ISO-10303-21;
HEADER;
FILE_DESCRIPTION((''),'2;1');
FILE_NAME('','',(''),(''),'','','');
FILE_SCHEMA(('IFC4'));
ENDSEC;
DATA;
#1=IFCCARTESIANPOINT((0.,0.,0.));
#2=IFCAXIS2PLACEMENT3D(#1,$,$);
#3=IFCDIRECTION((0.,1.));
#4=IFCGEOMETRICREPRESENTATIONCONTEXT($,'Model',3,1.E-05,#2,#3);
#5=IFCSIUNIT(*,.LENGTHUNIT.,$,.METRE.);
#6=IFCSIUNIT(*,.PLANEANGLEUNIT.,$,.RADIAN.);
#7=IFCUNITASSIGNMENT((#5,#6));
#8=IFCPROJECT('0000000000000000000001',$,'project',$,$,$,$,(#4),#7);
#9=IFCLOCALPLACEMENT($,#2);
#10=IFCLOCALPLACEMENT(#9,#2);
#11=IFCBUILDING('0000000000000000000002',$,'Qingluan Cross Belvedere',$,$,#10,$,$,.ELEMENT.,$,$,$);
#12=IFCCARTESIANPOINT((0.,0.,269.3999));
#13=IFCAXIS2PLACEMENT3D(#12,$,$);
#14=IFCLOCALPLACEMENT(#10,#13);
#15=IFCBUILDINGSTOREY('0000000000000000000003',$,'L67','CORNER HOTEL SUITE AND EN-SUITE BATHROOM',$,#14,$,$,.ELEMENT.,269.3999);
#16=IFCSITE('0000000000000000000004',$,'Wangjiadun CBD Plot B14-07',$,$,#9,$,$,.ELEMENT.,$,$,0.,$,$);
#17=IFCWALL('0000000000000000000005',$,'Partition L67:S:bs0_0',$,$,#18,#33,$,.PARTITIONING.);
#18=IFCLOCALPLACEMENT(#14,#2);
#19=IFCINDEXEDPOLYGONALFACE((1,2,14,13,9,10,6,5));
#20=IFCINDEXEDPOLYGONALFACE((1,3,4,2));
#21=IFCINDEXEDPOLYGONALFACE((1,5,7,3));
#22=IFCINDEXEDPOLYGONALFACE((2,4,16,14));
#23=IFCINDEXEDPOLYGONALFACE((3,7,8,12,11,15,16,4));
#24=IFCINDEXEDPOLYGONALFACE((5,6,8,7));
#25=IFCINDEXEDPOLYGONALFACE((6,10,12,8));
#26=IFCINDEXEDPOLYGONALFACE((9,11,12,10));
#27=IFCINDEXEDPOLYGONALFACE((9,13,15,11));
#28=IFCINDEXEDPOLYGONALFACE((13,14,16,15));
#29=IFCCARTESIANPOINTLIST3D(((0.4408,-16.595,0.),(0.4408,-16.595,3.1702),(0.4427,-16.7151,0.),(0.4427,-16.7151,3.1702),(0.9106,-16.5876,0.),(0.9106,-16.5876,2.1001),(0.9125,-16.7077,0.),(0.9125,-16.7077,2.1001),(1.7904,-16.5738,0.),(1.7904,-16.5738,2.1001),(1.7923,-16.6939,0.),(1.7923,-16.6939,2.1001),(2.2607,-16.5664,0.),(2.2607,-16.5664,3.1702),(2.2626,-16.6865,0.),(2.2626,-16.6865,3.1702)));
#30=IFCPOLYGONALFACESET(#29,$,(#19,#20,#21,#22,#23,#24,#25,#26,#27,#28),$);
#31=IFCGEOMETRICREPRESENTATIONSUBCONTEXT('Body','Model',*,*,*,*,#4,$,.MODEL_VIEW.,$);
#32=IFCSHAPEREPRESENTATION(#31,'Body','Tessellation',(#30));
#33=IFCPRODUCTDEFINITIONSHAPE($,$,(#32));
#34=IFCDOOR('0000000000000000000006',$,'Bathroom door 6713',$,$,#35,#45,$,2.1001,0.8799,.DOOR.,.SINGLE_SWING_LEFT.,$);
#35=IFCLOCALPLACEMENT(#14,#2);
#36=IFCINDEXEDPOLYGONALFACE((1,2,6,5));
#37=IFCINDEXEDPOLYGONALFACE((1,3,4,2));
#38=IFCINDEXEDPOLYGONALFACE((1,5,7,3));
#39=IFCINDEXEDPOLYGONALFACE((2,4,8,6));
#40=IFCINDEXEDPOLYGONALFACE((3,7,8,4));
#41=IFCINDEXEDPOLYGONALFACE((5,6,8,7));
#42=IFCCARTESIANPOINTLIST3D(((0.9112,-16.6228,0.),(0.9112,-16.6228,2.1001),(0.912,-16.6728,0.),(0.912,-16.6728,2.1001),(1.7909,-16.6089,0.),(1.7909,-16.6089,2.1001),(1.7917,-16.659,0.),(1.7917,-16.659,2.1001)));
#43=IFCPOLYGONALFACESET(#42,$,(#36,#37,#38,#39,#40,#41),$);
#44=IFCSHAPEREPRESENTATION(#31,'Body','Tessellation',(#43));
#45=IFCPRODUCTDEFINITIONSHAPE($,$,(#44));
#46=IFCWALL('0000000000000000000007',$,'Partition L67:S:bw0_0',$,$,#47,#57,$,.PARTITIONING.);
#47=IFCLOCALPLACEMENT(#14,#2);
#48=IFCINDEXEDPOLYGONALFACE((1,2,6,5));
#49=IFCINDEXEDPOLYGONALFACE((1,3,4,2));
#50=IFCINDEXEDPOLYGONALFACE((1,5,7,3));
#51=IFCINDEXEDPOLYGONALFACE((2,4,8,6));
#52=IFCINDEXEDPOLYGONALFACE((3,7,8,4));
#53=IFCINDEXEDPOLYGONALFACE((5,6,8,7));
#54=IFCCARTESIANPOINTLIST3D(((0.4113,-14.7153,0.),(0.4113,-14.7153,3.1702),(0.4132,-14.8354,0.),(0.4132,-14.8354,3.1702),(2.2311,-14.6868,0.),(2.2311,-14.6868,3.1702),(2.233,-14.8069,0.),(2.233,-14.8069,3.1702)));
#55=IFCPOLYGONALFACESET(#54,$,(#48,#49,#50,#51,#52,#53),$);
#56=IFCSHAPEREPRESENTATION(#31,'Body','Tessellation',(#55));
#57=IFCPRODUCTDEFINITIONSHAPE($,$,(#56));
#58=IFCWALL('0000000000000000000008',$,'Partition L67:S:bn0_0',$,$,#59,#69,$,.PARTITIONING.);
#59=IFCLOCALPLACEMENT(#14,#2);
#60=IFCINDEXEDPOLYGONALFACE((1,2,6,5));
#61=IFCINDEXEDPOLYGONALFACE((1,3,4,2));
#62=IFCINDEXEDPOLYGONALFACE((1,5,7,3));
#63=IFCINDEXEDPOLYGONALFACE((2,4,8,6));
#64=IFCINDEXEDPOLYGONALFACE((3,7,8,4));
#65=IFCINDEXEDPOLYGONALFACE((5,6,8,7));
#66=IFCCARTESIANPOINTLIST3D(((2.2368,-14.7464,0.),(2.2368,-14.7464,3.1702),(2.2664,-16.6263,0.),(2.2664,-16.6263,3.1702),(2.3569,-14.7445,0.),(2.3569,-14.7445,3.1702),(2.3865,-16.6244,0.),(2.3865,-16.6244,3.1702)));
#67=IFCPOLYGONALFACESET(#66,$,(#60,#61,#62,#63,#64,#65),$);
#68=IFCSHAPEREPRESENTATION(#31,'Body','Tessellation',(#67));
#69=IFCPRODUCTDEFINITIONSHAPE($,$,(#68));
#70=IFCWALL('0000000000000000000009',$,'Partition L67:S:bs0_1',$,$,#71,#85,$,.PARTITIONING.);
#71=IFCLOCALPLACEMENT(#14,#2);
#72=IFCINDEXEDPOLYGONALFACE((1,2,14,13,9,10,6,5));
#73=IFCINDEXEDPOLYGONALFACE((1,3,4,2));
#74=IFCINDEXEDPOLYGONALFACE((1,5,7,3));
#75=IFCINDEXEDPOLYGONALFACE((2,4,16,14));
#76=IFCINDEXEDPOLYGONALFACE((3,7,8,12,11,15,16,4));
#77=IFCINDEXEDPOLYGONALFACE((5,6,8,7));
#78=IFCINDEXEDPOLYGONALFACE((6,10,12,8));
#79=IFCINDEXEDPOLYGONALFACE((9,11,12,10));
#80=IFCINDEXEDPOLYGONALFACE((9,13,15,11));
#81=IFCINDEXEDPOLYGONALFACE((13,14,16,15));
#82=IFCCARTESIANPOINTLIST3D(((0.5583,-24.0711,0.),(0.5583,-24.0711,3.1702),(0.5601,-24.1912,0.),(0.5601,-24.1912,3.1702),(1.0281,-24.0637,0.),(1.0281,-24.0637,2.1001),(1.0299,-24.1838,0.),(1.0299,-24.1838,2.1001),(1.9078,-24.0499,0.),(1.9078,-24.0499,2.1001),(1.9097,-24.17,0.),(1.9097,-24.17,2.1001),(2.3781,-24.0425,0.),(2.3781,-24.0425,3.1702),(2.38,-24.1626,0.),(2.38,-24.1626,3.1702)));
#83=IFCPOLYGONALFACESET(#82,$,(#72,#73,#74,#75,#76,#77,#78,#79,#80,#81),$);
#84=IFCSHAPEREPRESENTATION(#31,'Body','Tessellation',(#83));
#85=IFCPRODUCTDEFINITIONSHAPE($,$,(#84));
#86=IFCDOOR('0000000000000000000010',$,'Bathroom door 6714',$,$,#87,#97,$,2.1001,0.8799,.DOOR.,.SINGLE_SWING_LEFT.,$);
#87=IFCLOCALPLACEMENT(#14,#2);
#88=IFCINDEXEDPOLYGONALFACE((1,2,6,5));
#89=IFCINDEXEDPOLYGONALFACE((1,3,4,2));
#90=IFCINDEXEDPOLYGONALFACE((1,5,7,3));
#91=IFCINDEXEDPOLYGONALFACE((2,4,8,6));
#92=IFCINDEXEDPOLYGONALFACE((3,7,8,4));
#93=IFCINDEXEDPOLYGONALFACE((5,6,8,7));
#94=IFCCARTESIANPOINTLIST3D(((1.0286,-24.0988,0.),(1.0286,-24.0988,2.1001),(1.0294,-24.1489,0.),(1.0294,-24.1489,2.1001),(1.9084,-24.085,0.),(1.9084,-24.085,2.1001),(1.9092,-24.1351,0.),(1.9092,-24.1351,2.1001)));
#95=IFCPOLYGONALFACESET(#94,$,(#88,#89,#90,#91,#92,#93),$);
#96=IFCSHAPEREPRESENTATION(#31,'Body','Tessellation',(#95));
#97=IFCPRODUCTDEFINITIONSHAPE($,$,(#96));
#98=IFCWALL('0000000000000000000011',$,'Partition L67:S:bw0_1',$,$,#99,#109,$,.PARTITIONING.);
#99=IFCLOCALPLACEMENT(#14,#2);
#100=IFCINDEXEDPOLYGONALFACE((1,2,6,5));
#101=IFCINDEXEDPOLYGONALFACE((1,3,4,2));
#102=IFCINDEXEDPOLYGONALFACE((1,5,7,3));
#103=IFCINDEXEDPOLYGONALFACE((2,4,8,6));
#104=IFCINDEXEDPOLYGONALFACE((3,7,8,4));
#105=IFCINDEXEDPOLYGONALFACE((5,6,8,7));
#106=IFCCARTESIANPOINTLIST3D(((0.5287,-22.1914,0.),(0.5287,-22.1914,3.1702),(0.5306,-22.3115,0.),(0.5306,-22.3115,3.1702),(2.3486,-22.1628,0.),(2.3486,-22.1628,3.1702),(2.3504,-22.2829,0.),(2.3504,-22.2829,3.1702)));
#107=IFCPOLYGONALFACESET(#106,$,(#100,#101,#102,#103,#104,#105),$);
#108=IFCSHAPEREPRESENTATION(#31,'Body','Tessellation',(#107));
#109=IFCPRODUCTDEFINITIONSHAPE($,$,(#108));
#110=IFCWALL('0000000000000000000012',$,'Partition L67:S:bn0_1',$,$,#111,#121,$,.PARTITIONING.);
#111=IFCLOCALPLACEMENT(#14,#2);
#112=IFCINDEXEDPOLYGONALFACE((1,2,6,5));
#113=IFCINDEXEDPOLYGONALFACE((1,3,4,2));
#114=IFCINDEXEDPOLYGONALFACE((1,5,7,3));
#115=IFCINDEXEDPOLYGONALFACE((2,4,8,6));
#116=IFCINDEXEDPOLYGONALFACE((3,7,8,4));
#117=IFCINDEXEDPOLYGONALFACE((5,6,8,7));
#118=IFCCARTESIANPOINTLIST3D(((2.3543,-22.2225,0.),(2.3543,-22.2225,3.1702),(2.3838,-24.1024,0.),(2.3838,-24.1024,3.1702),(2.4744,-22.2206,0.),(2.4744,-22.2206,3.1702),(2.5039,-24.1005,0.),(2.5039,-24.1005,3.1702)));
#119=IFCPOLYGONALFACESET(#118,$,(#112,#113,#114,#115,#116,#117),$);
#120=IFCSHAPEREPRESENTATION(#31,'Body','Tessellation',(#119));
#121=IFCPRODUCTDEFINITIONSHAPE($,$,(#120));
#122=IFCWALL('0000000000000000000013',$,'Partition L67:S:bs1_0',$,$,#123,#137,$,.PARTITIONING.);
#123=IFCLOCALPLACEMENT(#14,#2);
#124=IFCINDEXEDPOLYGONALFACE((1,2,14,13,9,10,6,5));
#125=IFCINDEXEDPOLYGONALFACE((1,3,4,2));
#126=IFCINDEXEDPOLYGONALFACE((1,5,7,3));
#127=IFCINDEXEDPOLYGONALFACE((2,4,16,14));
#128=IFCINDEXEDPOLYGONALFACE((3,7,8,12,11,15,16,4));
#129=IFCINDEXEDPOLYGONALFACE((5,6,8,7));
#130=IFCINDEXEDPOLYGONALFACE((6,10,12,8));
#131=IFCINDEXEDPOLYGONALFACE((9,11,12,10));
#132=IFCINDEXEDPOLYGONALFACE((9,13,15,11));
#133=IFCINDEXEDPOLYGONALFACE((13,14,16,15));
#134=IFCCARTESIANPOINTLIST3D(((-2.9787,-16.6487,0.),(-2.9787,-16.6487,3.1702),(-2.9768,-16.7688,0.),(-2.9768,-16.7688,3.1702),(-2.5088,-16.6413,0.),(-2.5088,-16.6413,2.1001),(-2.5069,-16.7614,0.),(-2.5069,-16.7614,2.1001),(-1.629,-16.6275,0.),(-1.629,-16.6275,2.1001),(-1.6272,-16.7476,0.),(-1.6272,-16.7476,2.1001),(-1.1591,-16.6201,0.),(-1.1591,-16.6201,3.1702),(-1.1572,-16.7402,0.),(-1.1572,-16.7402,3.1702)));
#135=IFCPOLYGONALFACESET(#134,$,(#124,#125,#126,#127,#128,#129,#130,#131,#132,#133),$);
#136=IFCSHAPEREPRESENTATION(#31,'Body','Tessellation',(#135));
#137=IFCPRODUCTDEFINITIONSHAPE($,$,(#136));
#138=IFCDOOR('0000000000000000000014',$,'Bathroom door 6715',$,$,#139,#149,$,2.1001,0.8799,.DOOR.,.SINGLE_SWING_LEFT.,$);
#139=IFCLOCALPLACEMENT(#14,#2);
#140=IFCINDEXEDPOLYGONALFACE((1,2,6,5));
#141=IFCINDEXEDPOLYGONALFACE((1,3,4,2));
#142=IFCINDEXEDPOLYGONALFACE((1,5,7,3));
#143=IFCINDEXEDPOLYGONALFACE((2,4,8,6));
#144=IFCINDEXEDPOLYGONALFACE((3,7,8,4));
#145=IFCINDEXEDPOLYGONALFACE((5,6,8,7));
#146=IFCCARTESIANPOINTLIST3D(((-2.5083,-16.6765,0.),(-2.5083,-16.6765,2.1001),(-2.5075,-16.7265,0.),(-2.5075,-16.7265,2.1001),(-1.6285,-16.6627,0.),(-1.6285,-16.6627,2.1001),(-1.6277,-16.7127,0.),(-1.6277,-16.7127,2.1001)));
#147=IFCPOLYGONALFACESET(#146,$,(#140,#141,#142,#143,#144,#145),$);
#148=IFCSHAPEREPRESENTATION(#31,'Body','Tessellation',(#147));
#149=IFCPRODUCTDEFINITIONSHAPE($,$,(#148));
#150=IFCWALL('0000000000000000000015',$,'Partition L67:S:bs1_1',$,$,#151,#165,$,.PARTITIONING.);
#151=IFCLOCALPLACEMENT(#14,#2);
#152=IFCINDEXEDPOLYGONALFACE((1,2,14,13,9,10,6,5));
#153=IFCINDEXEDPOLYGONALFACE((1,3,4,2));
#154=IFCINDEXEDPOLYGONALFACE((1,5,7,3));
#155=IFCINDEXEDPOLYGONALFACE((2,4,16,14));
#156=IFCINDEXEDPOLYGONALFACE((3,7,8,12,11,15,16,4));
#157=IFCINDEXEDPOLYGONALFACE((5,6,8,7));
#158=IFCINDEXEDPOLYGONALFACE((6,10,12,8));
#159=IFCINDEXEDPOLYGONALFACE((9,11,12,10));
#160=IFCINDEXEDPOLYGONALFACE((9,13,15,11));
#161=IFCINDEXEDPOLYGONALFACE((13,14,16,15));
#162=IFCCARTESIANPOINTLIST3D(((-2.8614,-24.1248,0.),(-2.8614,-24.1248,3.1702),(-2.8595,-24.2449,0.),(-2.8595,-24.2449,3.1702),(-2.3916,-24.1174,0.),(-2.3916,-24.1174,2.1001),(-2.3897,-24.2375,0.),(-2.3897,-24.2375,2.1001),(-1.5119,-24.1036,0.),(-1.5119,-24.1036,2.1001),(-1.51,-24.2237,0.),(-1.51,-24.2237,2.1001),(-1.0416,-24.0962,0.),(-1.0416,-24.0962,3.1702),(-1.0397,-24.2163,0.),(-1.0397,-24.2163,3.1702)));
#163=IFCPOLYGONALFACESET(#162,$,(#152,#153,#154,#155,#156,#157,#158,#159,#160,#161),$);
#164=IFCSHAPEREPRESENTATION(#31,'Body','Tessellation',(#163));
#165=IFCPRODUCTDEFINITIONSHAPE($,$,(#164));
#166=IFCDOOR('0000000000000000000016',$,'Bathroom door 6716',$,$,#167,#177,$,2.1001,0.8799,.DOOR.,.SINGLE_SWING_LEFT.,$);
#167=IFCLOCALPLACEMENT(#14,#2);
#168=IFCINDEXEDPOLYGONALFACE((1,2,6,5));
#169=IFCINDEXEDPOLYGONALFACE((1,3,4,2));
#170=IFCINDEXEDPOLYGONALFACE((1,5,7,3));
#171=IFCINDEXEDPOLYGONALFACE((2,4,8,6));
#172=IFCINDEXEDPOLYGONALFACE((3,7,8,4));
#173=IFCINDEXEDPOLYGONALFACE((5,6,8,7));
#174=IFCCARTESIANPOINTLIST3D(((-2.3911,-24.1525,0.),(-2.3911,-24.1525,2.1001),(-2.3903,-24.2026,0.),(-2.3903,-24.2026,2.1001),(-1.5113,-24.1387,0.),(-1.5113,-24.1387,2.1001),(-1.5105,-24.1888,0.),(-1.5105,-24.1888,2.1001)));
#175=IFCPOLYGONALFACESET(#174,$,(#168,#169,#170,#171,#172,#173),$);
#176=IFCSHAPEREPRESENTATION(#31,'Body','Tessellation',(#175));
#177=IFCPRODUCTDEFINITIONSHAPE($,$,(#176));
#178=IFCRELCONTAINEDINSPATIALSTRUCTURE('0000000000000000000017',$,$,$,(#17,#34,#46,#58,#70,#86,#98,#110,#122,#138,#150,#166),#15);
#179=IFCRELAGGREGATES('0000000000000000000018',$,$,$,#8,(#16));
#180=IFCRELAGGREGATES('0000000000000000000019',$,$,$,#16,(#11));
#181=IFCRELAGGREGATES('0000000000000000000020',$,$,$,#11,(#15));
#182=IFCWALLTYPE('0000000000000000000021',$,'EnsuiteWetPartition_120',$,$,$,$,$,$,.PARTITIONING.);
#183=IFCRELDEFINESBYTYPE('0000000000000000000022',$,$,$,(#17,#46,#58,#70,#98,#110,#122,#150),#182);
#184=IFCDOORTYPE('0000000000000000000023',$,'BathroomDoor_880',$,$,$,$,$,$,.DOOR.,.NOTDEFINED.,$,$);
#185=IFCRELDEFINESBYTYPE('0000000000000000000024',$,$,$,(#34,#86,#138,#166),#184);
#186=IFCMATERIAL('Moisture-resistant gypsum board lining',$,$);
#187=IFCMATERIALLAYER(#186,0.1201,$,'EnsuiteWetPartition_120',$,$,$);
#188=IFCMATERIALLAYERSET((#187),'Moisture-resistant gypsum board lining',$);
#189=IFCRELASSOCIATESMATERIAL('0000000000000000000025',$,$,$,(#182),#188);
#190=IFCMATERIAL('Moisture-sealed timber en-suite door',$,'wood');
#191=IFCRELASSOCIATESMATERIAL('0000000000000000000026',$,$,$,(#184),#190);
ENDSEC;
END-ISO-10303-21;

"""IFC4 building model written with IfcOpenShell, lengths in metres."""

from ifc_helpers import new_model, si_unit, direction, frame, frame_2d, origin, place, context, subcontext, project, spatial, rectangle, extrude, material, layer, layer_set, type_object, element, fill, save


model = new_model("IFC4")

# Units and contexts
model_context = context("Model", 3, precision=1e-05, world=origin(), true_north=direction((0.0, 1.0)))
body_context = subcontext(model_context, "Body", "Model", "MODEL_VIEW")
ifc_project = project(units=[si_unit("LENGTHUNIT", "METRE"), si_unit("PLANEANGLEUNIT", "RADIAN")], contexts=[model_context])

# Site, building, storey
site_placement = place(None, origin())
site = spatial("IfcSite", under=ifc_project, at=site_placement, Name="Wangjiadun CBD Plot B14-07", CompositionType="ELEMENT", RefElevation=0.0)
building_placement = place(site_placement, origin())
building = spatial("IfcBuilding", under=site, at=building_placement, Name="Qingluan Cross Belvedere", CompositionType="ELEMENT")
storey_placement = place(building_placement, frame((0.0, 0.0, 269.3999)))
storey = spatial("IfcBuildingStorey", under=building, at=storey_placement, Name="L67", Description="CORNER HOTEL SUITE AND EN-SUITE BATHROOM", CompositionType="ELEMENT", Elevation=269.3999)

# Wall, opening, door
ifc_material_1 = material(Name="Moisture-resistant gypsum board lining")
ifc_layer_1 = layer(ifc_material_1, 0.1201, Name="EnsuiteWetPartition_120")
ifc_layer_set_1 = layer_set([ifc_layer_1], Name="Moisture-resistant gypsum board lining")
wall_type_1 = type_object("IfcWallType", Name="EnsuiteWetPartition_120", PredefinedType="PARTITIONING", material=ifc_layer_set_1)
wall_1_placement = place(storey_placement, frame((0.4417, -16.655, 0.0), z_axis=(0.0, 0.0, 1.0), x_axis=(0.999877, 0.015694, 0.0)))
wall_1 = element("IfcWall", 1, at=wall_1_placement, inside=storey, type_object=wall_type_1, Name="Partition L67:S:bs0_0", PredefinedType="PARTITIONING", context=body_context, shape_type="SweptSolid", body=[
    extrude(rectangle(XDim=1.8201, YDim=0.1201, at=frame_2d((0.9102, 0.0))), origin(), (0.0, 0.0, 1.0), 3.1702),
])
opening_1_placement = place(wall_1_placement, frame((0.47, 0.0, 0.0)))
opening_1 = element("IfcOpeningElement", 2, at=opening_1_placement, cuts=wall_1, PredefinedType="OPENING", context=body_context, shape_type="SweptSolid", body=[
    extrude(rectangle(XDim=0.8799, YDim=2.1001, at=frame_2d((0.4399, 1.05))), frame((0.0, 0.0701, 0.0), z_axis=(0.0, -1.0, 0.0), x_axis=(1.0, 0.0, 0.0)), (0.0, 0.0, 1.0), 0.1401),
])
ifc_material_2 = material(Name="Moisture-sealed timber en-suite door", Category="wood")
door_type_1 = type_object("IfcDoorType", Name="BathroomDoor_880", OperationType="NOTDEFINED", PredefinedType="DOOR", material=ifc_material_2)
door_1_placement = place(opening_1_placement, origin())
door_1 = element("IfcDoor", 3, at=door_1_placement, inside=storey, type_object=door_type_1, Name="Bathroom door 6713", OperationType="SINGLE_SWING_LEFT", OverallHeight=2.1001, OverallWidth=0.8799, PredefinedType="DOOR", context=body_context, shape_type="SweptSolid", body=[
    extrude(rectangle(XDim=0.8799, YDim=2.1001, at=frame_2d((0.4399, 1.05))), frame((0.0, 0.0249, 0.0), z_axis=(0.0, -1.0, 0.0), x_axis=(1.0, 0.0, 0.0)), (0.0, 0.0, 1.0), 0.05),
])
fill(opening_1, door_1)

# Walls
wall_2_placement = place(storey_placement, frame((0.4121, -14.7754, 0.0), z_axis=(0.0, 0.0, 1.0), x_axis=(0.999877, 0.015694, 0.0)))
element("IfcWall", 4, at=wall_2_placement, inside=storey, type_object=wall_type_1, Name="Partition L67:S:bw0_0", PredefinedType="PARTITIONING", context=body_context, shape_type="SweptSolid", body=[
    extrude(rectangle(XDim=1.8201, YDim=0.1201, at=frame_2d((0.9102, 0.0))), origin(), (0.0, 0.0, 1.0), 3.1702),
])
wall_3_placement = place(storey_placement, frame((2.2969, -14.7456, 0.0), z_axis=(0.0, 0.0, 1.0), x_axis=(0.015712, -0.999877, 0.0)))
element("IfcWall", 5, at=wall_3_placement, inside=storey, type_object=wall_type_1, Name="Partition L67:S:bn0_0", PredefinedType="PARTITIONING", context=body_context, shape_type="SweptSolid", body=[
    extrude(rectangle(XDim=1.8801, YDim=0.1201, at=frame_2d((0.9399, 0.0))), origin(), (0.0, 0.0, 1.0), 3.1702),
])

# Wall, opening, door
wall_4_placement = place(storey_placement, frame((0.5591, -24.1311, 0.0), z_axis=(0.0, 0.0, 1.0), x_axis=(0.999877, 0.015694, 0.0)))
wall_4 = element("IfcWall", 6, at=wall_4_placement, inside=storey, type_object=wall_type_1, Name="Partition L67:S:bs0_1", PredefinedType="PARTITIONING", context=body_context, shape_type="SweptSolid", body=[
    extrude(rectangle(XDim=1.8201, YDim=0.1201, at=frame_2d((0.9102, 0.0))), origin(), (0.0, 0.0, 1.0), 3.1702),
])
opening_2_placement = place(wall_4_placement, frame((0.47, 0.0, 0.0)))
opening_2 = element("IfcOpeningElement", 7, at=opening_2_placement, cuts=wall_4, PredefinedType="OPENING", context=body_context, shape_type="SweptSolid", body=[
    extrude(rectangle(XDim=0.8799, YDim=2.1001, at=frame_2d((0.4399, 1.05))), frame((0.0, 0.0701, 0.0), z_axis=(0.0, -1.0, 0.0), x_axis=(1.0, 0.0, 0.0)), (0.0, 0.0, 1.0), 0.1401),
])
door_2_placement = place(opening_2_placement, origin())
door_2 = element("IfcDoor", 8, at=door_2_placement, inside=storey, type_object=door_type_1, Name="Bathroom door 6714", OperationType="SINGLE_SWING_LEFT", OverallHeight=2.1001, OverallWidth=0.8799, PredefinedType="DOOR", context=body_context, shape_type="SweptSolid", body=[
    extrude(rectangle(XDim=0.8799, YDim=2.1001, at=frame_2d((0.4399, 1.05))), frame((0.0, 0.0249, 0.0), z_axis=(0.0, -1.0, 0.0), x_axis=(1.0, 0.0, 0.0)), (0.0, 0.0, 1.0), 0.05),
])
fill(opening_2, door_2)

# Walls
wall_5_placement = place(storey_placement, frame((0.5295, -22.2515, 0.0), z_axis=(0.0, 0.0, 1.0), x_axis=(0.999877, 0.015694, 0.0)))
element("IfcWall", 9, at=wall_5_placement, inside=storey, type_object=wall_type_1, Name="Partition L67:S:bw0_1", PredefinedType="PARTITIONING", context=body_context, shape_type="SweptSolid", body=[
    extrude(rectangle(XDim=1.8201, YDim=0.1201, at=frame_2d((0.9102, 0.0))), origin(), (0.0, 0.0, 1.0), 3.1702),
])
wall_6_placement = place(storey_placement, frame((2.4143, -22.2217, 0.0), z_axis=(0.0, 0.0, 1.0), x_axis=(0.015712, -0.999877, 0.0)))
element("IfcWall", 10, at=wall_6_placement, inside=storey, type_object=wall_type_1, Name="Partition L67:S:bn0_1", PredefinedType="PARTITIONING", context=body_context, shape_type="SweptSolid", body=[
    extrude(rectangle(XDim=1.8801, YDim=0.1201, at=frame_2d((0.9399, 0.0))), origin(), (0.0, 0.0, 1.0), 3.1702),
])

# Walls, openings, doors
wall_7_placement = place(storey_placement, frame((-2.9778, -16.7087, 0.0), z_axis=(0.0, 0.0, 1.0), x_axis=(0.999877, 0.015696, 0.0)))
wall_7 = element("IfcWall", 11, at=wall_7_placement, inside=storey, type_object=wall_type_1, Name="Partition L67:S:bs1_0", PredefinedType="PARTITIONING", context=body_context, shape_type="SweptSolid", body=[
    extrude(rectangle(XDim=1.8198, YDim=0.1201, at=frame_2d((0.9099, 0.0))), origin(), (0.0, 0.0, 1.0), 3.1702),
])
opening_3_placement = place(wall_7_placement, frame((0.47, 0.0, 0.0)))
opening_3 = element("IfcOpeningElement", 12, at=opening_3_placement, cuts=wall_7, PredefinedType="OPENING", context=body_context, shape_type="SweptSolid", body=[
    extrude(rectangle(XDim=0.8799, YDim=2.1001, at=frame_2d((0.4399, 1.05))), frame((0.0, 0.0701, 0.0), z_axis=(0.0, -1.0, 0.0), x_axis=(1.0, 0.0, 0.0)), (0.0, 0.0, 1.0), 0.1401),
])
door_3_placement = place(opening_3_placement, origin())
door_3 = element("IfcDoor", 13, at=door_3_placement, inside=storey, type_object=door_type_1, Name="Bathroom door 6715", OperationType="SINGLE_SWING_LEFT", OverallHeight=2.1001, OverallWidth=0.8799, PredefinedType="DOOR", context=body_context, shape_type="SweptSolid", body=[
    extrude(rectangle(XDim=0.8799, YDim=2.1001, at=frame_2d((0.4399, 1.05))), frame((0.0, 0.0249, 0.0), z_axis=(0.0, -1.0, 0.0), x_axis=(1.0, 0.0, 0.0)), (0.0, 0.0, 1.0), 0.05),
])
fill(opening_3, door_3)
wall_8_placement = place(storey_placement, frame((-2.8606, -24.1848, 0.0), z_axis=(0.0, 0.0, 1.0), x_axis=(0.999877, 0.015694, 0.0)))
wall_8 = element("IfcWall", 14, at=wall_8_placement, inside=storey, type_object=wall_type_1, Name="Partition L67:S:bs1_1", PredefinedType="PARTITIONING", context=body_context, shape_type="SweptSolid", body=[
    extrude(rectangle(XDim=1.8201, YDim=0.1201, at=frame_2d((0.9102, 0.0))), origin(), (0.0, 0.0, 1.0), 3.1702),
])
opening_4_placement = place(wall_8_placement, frame((0.47, 0.0, 0.0)))
opening_4 = element("IfcOpeningElement", 15, at=opening_4_placement, cuts=wall_8, PredefinedType="OPENING", context=body_context, shape_type="SweptSolid", body=[
    extrude(rectangle(XDim=0.8799, YDim=2.1001, at=frame_2d((0.4399, 1.05))), frame((0.0, 0.0701, 0.0), z_axis=(0.0, -1.0, 0.0), x_axis=(1.0, 0.0, 0.0)), (0.0, 0.0, 1.0), 0.1401),
])
door_4_placement = place(opening_4_placement, origin())
door_4 = element("IfcDoor", 16, at=door_4_placement, inside=storey, type_object=door_type_1, Name="Bathroom door 6716", OperationType="SINGLE_SWING_LEFT", OverallHeight=2.1001, OverallWidth=0.8799, PredefinedType="DOOR", context=body_context, shape_type="SweptSolid", body=[
    extrude(rectangle(XDim=0.8799, YDim=2.1001, at=frame_2d((0.4399, 1.05))), frame((0.0, 0.0249, 0.0), z_axis=(0.0, -1.0, 0.0), x_axis=(1.0, 0.0, 0.0)), (0.0, 0.0, 1.0), 0.05),
])
fill(opening_4, door_4)

save(model, "model.ifc")
